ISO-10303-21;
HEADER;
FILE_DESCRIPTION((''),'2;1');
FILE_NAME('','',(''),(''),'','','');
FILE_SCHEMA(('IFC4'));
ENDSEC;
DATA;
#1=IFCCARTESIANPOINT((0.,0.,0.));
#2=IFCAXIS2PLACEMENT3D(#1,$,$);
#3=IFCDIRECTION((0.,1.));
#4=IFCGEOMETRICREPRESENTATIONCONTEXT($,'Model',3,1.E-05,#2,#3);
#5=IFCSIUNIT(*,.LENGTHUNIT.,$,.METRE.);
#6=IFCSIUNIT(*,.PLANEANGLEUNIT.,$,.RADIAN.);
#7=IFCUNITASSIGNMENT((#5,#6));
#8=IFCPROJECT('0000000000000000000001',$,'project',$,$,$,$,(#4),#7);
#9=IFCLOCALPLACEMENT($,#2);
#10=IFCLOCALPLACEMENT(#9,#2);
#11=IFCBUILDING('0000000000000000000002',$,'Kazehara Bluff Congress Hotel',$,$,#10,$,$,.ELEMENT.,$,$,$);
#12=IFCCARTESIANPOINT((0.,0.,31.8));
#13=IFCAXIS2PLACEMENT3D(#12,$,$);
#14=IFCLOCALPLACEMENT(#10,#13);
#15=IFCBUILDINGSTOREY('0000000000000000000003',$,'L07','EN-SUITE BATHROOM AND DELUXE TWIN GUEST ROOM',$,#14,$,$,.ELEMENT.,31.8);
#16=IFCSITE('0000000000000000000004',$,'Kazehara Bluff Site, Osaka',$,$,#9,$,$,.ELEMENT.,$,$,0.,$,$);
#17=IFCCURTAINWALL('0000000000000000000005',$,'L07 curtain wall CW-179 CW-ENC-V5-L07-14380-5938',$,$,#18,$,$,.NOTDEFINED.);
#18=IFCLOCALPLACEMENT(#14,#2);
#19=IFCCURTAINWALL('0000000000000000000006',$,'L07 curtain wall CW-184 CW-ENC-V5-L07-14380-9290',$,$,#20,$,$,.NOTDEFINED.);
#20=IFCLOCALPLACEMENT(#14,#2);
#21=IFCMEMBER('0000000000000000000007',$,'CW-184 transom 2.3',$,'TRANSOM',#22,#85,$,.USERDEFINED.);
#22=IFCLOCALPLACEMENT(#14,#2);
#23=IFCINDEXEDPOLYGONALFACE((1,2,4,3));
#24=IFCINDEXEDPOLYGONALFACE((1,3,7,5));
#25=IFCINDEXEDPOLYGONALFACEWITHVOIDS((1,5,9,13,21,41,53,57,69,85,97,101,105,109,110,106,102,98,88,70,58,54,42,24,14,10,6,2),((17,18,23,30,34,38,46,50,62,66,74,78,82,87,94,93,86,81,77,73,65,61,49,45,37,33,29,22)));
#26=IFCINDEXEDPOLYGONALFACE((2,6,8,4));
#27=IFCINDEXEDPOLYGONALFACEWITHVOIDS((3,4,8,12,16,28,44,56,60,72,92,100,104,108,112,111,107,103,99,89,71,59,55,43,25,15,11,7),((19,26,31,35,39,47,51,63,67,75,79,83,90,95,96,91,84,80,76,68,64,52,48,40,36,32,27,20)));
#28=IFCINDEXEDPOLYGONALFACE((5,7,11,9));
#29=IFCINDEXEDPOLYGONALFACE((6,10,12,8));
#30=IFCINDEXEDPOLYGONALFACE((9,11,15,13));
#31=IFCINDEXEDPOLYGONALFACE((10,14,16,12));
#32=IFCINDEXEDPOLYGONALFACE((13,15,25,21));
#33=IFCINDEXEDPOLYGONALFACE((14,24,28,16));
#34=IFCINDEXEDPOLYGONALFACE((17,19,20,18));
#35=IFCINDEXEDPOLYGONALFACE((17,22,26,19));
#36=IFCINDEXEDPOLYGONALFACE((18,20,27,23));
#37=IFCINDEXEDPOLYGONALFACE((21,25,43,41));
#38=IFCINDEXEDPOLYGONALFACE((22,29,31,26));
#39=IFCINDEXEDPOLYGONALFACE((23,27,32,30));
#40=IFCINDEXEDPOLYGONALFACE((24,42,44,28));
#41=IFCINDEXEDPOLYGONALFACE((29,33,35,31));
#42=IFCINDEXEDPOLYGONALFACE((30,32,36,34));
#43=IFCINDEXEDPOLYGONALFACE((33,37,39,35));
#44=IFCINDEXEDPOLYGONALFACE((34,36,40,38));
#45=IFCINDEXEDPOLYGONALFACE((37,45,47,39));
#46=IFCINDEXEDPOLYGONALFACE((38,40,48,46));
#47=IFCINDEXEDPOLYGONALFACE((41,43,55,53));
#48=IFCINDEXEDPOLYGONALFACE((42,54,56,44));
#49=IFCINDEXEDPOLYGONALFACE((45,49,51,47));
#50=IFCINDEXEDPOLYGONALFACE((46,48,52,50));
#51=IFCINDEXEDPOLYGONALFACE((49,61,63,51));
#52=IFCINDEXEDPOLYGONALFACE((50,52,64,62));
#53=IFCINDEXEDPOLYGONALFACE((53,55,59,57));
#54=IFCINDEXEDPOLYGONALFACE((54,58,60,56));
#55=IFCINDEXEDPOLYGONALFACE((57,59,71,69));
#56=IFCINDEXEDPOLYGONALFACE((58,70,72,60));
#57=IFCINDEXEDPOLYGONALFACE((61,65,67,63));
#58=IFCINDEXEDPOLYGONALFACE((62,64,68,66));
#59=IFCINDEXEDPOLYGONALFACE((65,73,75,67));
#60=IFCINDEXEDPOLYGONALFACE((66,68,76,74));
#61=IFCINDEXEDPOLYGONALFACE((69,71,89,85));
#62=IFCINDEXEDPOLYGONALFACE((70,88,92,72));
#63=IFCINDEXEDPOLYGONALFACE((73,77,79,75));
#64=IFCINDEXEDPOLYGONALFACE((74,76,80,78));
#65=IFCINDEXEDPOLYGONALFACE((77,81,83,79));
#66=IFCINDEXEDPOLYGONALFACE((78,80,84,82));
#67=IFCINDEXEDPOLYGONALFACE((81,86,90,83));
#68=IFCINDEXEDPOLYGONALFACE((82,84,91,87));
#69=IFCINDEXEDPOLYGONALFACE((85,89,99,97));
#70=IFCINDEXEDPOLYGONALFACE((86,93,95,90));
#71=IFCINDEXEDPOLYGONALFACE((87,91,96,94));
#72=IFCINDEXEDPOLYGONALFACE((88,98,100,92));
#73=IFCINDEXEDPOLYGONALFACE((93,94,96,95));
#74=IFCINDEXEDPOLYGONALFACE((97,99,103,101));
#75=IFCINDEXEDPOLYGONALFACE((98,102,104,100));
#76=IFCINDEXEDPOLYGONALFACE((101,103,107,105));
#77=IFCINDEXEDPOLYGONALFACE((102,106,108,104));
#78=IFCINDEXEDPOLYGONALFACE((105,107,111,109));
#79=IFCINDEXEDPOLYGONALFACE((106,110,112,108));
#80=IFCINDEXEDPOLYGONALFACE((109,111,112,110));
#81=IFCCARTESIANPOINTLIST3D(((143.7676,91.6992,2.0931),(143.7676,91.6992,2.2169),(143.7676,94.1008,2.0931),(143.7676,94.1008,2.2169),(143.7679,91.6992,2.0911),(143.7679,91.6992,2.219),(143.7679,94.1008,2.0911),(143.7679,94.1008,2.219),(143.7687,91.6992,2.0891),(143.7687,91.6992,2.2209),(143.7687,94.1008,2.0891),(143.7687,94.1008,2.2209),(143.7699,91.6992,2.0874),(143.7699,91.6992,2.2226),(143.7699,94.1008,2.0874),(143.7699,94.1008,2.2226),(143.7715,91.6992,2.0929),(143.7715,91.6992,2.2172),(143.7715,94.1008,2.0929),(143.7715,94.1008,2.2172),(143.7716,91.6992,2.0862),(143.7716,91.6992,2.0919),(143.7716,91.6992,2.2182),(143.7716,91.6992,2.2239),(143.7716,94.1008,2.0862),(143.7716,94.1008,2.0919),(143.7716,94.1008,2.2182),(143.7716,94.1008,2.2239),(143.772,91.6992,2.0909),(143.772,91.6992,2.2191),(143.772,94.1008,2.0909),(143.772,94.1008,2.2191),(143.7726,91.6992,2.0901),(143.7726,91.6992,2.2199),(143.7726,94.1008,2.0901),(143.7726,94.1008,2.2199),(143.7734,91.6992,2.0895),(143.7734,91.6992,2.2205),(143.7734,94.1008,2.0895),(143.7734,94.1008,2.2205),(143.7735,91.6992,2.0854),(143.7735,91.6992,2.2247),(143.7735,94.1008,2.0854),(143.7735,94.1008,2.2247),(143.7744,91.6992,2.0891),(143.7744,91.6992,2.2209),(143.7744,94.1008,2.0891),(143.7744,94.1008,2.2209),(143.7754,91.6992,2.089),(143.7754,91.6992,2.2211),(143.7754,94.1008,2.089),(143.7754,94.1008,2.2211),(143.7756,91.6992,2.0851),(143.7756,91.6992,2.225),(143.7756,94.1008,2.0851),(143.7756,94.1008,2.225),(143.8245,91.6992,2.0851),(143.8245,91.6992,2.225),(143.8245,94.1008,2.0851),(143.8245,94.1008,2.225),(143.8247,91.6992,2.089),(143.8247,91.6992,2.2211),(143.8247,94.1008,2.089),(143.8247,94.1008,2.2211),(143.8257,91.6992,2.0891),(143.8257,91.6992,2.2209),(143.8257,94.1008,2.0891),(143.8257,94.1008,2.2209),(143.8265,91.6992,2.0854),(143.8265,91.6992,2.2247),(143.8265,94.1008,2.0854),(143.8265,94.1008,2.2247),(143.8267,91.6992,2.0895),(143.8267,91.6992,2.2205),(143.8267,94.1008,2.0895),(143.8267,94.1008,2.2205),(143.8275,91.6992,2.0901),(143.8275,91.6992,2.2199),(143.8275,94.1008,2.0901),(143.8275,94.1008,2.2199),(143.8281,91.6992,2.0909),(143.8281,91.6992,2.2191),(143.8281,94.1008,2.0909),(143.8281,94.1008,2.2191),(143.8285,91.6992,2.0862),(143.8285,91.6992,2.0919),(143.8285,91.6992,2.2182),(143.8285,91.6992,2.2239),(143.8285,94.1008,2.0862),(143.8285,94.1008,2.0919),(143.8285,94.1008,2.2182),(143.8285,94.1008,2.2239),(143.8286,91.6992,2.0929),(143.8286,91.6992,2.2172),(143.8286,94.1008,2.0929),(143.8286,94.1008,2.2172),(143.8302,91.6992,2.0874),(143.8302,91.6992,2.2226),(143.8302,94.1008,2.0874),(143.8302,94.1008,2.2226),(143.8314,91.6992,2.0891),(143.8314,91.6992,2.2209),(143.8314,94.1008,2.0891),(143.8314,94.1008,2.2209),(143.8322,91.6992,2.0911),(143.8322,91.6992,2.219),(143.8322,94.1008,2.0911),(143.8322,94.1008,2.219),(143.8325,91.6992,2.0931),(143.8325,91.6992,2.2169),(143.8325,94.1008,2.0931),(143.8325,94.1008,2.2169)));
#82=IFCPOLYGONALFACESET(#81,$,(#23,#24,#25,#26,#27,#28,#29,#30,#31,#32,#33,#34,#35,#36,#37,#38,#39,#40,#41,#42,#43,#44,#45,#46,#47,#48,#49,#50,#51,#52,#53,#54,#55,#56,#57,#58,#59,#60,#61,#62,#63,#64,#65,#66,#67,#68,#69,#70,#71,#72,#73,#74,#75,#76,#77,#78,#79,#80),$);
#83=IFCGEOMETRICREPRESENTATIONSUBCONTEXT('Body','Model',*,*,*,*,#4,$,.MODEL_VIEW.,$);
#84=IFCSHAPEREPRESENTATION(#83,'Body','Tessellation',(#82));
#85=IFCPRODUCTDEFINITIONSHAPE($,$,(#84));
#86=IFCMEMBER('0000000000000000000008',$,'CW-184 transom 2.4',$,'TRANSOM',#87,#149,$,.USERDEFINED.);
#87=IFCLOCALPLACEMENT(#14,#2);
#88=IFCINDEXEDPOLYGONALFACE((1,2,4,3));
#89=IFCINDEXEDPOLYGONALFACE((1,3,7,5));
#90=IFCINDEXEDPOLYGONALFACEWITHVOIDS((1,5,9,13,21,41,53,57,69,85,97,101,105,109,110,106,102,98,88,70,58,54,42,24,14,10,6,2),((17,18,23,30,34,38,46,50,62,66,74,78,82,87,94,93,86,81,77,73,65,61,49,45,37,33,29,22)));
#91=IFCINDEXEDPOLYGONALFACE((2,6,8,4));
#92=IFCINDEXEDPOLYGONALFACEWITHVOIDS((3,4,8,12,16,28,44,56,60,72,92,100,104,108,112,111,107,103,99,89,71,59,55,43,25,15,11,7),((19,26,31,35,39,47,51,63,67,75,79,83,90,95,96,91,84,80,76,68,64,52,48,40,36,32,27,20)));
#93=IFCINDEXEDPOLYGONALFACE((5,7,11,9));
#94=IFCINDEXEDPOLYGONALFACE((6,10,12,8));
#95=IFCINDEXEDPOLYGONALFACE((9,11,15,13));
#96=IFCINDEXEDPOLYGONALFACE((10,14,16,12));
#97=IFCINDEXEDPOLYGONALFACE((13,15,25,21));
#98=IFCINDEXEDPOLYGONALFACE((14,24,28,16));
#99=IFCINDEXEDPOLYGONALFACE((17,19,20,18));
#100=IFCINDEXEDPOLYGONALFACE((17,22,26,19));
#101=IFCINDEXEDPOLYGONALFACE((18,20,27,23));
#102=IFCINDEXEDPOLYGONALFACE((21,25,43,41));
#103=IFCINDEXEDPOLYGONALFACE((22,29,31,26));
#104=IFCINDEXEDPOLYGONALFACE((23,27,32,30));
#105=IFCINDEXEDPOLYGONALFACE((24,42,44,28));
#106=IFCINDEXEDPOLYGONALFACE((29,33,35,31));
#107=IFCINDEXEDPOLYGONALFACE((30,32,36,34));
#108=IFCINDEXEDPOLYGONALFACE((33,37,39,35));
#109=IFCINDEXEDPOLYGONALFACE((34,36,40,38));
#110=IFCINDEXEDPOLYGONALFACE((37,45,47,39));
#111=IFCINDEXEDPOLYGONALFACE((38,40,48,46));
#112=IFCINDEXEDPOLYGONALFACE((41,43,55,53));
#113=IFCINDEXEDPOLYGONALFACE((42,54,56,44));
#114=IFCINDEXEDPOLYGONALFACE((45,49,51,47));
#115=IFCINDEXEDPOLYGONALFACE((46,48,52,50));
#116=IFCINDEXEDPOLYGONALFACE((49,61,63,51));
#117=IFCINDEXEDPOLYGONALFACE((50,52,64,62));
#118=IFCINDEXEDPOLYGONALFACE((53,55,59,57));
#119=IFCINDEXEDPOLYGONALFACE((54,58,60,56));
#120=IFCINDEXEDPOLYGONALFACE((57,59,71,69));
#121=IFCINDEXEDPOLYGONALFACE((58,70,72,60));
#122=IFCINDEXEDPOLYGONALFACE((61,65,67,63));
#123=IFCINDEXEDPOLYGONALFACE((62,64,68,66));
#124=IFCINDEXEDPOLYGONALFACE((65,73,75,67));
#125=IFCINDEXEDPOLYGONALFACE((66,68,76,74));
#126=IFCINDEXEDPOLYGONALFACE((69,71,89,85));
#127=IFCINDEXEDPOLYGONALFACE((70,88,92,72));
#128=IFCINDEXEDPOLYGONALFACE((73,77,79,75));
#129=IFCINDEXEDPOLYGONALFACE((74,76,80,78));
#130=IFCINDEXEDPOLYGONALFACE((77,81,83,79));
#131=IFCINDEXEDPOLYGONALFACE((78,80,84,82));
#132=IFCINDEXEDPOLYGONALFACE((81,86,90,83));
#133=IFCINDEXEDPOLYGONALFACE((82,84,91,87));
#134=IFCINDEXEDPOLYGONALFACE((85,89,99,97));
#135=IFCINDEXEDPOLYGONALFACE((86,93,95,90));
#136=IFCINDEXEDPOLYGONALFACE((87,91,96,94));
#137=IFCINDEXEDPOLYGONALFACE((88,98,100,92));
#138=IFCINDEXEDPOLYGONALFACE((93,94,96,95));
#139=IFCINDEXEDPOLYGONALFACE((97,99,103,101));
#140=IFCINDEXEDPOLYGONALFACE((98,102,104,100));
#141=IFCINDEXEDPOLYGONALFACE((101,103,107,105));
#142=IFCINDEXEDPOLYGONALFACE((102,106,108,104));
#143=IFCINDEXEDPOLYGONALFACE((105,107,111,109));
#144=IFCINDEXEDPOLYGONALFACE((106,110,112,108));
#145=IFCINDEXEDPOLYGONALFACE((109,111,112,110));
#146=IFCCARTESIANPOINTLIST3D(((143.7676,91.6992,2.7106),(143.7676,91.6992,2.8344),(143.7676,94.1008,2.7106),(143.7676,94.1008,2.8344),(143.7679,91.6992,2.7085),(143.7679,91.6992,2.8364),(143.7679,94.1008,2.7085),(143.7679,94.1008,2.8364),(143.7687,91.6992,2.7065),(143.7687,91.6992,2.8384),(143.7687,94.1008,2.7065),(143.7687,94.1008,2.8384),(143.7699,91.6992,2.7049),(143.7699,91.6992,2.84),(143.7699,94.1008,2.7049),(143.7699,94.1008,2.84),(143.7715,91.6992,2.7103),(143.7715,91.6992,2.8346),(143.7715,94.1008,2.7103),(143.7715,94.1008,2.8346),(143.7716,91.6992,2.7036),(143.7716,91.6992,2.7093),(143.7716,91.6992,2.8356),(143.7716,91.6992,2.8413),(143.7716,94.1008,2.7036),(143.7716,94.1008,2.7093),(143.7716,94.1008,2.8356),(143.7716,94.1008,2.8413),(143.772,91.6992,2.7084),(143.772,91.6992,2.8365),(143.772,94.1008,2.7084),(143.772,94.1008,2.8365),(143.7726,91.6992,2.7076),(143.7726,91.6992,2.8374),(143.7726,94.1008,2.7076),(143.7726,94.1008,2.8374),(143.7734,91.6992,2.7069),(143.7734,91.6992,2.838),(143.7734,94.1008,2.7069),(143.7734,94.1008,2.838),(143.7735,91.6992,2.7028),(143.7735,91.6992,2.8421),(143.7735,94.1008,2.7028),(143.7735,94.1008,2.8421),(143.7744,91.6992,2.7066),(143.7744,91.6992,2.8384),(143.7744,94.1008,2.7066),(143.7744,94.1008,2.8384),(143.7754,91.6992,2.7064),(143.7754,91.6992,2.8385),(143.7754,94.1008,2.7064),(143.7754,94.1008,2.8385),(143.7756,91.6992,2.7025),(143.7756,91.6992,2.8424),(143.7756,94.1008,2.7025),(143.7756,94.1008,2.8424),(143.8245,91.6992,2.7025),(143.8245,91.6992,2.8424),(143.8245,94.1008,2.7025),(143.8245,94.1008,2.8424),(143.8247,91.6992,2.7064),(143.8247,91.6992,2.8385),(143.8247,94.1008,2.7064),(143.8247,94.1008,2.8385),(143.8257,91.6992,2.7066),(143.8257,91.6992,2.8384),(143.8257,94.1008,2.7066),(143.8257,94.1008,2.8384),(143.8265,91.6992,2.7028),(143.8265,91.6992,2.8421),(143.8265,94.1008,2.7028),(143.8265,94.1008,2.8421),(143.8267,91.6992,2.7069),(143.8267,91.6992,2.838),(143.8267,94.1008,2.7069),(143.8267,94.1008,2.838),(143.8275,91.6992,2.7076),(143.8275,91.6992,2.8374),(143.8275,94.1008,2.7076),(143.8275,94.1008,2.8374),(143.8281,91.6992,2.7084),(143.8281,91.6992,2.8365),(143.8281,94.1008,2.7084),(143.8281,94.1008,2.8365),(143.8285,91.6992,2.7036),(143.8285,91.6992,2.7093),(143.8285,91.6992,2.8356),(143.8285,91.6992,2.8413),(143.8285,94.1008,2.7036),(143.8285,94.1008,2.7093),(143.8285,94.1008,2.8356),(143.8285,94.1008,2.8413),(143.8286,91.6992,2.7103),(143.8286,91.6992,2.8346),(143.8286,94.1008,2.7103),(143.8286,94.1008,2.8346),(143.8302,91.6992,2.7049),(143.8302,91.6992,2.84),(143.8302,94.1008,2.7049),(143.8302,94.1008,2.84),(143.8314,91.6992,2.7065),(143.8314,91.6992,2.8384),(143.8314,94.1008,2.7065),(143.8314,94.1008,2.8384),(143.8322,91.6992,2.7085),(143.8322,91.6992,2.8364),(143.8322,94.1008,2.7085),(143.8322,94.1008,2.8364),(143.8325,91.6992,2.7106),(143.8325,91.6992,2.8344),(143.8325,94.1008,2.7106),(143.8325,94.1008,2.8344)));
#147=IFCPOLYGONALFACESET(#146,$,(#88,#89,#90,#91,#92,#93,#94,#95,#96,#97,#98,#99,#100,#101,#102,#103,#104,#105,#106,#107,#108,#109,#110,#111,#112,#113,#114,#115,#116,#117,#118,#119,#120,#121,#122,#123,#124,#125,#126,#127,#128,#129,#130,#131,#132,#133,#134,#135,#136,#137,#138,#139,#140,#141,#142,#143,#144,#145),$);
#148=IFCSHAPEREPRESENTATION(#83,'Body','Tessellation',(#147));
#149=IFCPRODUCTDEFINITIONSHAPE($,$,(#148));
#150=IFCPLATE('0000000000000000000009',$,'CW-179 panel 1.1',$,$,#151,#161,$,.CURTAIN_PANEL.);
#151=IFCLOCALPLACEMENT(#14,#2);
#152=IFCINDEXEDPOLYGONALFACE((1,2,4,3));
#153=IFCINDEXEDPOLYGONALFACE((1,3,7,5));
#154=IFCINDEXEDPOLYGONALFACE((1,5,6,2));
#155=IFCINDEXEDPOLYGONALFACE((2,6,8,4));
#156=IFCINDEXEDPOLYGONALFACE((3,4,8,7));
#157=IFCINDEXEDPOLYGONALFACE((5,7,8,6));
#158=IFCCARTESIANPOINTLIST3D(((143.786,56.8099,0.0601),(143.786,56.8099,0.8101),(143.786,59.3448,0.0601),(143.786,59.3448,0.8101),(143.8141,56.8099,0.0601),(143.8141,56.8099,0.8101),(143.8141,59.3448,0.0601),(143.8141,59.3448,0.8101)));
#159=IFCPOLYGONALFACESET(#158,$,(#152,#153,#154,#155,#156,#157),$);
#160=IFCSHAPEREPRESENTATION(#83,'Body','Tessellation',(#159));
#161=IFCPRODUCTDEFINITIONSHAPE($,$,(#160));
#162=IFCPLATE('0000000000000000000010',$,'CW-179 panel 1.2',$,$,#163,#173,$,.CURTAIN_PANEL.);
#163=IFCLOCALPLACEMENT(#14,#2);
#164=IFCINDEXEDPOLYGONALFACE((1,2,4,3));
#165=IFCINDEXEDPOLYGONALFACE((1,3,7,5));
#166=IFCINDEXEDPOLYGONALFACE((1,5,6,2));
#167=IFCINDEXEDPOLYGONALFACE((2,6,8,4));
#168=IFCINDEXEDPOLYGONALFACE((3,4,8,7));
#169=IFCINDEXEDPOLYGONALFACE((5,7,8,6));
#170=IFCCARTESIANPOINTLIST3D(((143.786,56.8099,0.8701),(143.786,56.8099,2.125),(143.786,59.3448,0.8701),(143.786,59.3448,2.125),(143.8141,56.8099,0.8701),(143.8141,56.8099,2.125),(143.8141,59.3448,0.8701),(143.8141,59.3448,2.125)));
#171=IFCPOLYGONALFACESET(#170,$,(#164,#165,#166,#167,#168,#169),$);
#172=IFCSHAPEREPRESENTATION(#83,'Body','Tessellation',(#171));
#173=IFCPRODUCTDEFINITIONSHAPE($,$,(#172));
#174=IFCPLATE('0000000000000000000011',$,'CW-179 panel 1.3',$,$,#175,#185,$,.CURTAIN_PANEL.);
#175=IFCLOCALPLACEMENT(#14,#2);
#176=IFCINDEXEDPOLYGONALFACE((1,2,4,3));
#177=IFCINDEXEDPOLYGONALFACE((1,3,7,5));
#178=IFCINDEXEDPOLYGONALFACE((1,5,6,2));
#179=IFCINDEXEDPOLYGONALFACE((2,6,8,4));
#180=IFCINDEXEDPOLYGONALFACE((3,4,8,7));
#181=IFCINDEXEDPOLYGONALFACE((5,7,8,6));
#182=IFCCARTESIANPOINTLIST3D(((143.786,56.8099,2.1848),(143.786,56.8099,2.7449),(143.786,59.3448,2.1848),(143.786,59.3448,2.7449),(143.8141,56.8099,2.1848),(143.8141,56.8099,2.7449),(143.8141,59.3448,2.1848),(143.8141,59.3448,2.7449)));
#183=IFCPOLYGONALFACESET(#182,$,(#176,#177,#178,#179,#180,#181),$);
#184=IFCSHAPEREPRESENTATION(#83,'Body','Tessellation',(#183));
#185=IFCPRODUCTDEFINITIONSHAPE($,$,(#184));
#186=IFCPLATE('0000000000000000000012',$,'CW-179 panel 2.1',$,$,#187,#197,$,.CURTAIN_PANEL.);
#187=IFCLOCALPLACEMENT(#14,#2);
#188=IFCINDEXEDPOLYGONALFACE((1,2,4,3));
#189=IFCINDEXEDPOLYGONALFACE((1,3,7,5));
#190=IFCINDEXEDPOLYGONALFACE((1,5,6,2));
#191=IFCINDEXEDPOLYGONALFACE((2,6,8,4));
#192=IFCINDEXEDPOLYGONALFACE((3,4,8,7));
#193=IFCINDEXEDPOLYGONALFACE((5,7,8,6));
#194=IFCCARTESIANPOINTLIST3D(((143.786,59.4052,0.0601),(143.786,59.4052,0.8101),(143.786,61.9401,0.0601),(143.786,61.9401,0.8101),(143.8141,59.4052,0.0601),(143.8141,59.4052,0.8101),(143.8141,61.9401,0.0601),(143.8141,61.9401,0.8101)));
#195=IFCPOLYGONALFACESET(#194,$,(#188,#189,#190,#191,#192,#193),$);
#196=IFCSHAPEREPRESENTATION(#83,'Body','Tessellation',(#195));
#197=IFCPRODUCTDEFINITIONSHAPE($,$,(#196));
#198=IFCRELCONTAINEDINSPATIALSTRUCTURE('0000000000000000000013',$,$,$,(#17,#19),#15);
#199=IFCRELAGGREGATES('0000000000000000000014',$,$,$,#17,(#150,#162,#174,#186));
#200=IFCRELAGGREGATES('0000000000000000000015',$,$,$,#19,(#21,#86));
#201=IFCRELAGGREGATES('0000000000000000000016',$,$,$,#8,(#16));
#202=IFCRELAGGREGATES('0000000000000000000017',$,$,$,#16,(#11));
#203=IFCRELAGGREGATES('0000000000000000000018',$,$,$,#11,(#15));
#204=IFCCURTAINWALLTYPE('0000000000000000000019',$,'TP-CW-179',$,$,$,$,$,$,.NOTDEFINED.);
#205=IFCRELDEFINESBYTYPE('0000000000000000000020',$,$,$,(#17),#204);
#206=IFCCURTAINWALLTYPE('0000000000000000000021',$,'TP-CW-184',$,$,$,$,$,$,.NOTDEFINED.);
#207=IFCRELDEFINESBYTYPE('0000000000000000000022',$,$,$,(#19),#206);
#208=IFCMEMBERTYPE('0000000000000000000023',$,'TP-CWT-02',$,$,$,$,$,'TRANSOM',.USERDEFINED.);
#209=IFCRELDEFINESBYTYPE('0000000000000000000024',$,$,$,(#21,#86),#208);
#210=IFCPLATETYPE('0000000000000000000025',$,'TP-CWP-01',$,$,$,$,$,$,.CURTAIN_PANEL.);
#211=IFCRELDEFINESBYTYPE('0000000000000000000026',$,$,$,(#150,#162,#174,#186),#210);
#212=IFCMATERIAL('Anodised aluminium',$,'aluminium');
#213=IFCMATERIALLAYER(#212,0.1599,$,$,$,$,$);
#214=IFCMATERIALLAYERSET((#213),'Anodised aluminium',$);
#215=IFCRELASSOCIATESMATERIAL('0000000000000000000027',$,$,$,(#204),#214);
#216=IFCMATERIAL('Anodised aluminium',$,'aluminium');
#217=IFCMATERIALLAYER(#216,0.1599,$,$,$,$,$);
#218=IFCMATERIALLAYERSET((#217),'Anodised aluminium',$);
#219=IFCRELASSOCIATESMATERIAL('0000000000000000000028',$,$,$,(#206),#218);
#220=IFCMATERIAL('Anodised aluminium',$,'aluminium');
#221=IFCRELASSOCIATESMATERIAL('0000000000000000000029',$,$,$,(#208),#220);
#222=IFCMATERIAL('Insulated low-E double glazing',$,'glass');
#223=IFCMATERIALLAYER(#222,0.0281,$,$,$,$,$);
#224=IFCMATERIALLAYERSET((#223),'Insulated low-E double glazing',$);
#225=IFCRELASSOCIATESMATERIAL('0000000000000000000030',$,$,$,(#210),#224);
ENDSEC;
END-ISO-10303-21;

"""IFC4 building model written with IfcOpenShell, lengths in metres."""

from ifc_helpers import new_model, si_unit, direction, frame, origin, origin_2d, place, context, subcontext, project, spatial, rectangle, hollow_rectangle, extrude, material, layer, layer_set, material_profile, profile_set, type_object, element, aggregate, save


model = new_model("IFC4")

# Units and contexts
model_context = context("Model", 3, precision=1e-05, world=origin(), true_north=direction((0.0, 1.0)))
body_context = subcontext(model_context, "Body", "Model", "MODEL_VIEW")
ifc_project = project(units=[si_unit("LENGTHUNIT", "METRE"), si_unit("PLANEANGLEUNIT", "RADIAN")], contexts=[model_context])

# Site, building, storey
site_placement = place(None, origin())
site = spatial("IfcSite", under=ifc_project, at=site_placement, Name="Kazehara Bluff Site, Osaka", CompositionType="ELEMENT", RefElevation=0.0)
building_placement = place(site_placement, origin())
building = spatial("IfcBuilding", under=site, at=building_placement, Name="Kazehara Bluff Congress Hotel", CompositionType="ELEMENT")
storey_placement = place(building_placement, frame((0.0, 0.0, 31.8)))
storey = spatial("IfcBuildingStorey", under=building, at=storey_placement, Name="L07", Description="EN-SUITE BATHROOM AND DELUXE TWIN GUEST ROOM", CompositionType="ELEMENT", Elevation=31.8)

# Curtain walls
ifc_material_1 = material(Name="Anodised aluminium", Category="aluminium")
ifc_layer_1 = layer(ifc_material_1, 0.1599)
ifc_layer_set_1 = layer_set([ifc_layer_1], Name="Anodised aluminium")
curtain_wall_type_1 = type_object("IfcCurtainWallType", Name="TP-CW-179", PredefinedType="NOTDEFINED", material=ifc_layer_set_1)
curtain_wall_1_placement = place(storey_placement, origin())
curtain_wall_1 = element("IfcCurtainWall", 1, at=curtain_wall_1_placement, inside=storey, type_object=curtain_wall_type_1, Name="L07 curtain wall CW-179 CW-ENC-V5-L07-14380-5938", PredefinedType="NOTDEFINED")
ifc_material_2 = material(Name="Anodised aluminium", Category="aluminium")
ifc_layer_2 = layer(ifc_material_2, 0.1599)
ifc_layer_set_2 = layer_set([ifc_layer_2], Name="Anodised aluminium")
curtain_wall_type_2 = type_object("IfcCurtainWallType", Name="TP-CW-184", PredefinedType="NOTDEFINED", material=ifc_layer_set_2)
curtain_wall_2_placement = place(storey_placement, origin())
curtain_wall_2 = element("IfcCurtainWall", 2, at=curtain_wall_2_placement, inside=storey, type_object=curtain_wall_type_2, Name="L07 curtain wall CW-184 CW-ENC-V5-L07-14380-9290", PredefinedType="NOTDEFINED")

# Members
ifc_material_3 = material(Name="Anodised aluminium", Category="aluminium")
ifc_material_profile_1 = material_profile(ifc_material_3, hollow_rectangle(XDim=0.0649, YDim=0.1399, WallThickness=0.0039, InnerFilletRadius=0.0039, OuterFilletRadius=0.0081, at=origin_2d()))
ifc_profile_set_1 = profile_set([ifc_material_profile_1], Name="Anodised aluminium")
member_type_1 = type_object("IfcMemberType", Name="TP-CWT-02", ElementType="TRANSOM", PredefinedType="USERDEFINED", material=ifc_profile_set_1)
member_1_placement = place(storey_placement, frame((143.8, 91.6992, 2.155), z_axis=(0.0, 1.0, 0.0), x_axis=(-1.0, 0.0, 0.0)))
member_1 = element("IfcMember", 3, at=member_1_placement, type_object=member_type_1, Name="CW-184 transom 2.3", ObjectType="TRANSOM", PredefinedType="USERDEFINED", context=body_context, shape_type="SweptSolid", body=[
    extrude(hollow_rectangle(XDim=0.0649, YDim=0.1399, WallThickness=0.0039, InnerFilletRadius=0.0039, OuterFilletRadius=0.0081, at=origin_2d()), origin(), (0.0, 0.0, 1.0), 2.4016),
])
member_2_placement = place(storey_placement, frame((143.8, 91.6992, 2.7725), z_axis=(0.0, 1.0, 0.0), x_axis=(-1.0, 0.0, 0.0)))
member_2 = element("IfcMember", 4, at=member_2_placement, type_object=member_type_1, Name="CW-184 transom 2.4", ObjectType="TRANSOM", PredefinedType="USERDEFINED", context=body_context, shape_type="SweptSolid", body=[
    extrude(hollow_rectangle(XDim=0.0649, YDim=0.1399, WallThickness=0.0039, InnerFilletRadius=0.0039, OuterFilletRadius=0.0081, at=origin_2d()), origin(), (0.0, 0.0, 1.0), 2.4016),
])

# Plates
ifc_material_4 = material(Name="Insulated low-E double glazing", Category="glass")
ifc_layer_3 = layer(ifc_material_4, 0.0281)
ifc_layer_set_3 = layer_set([ifc_layer_3], Name="Insulated low-E double glazing")
plate_type_1 = type_object("IfcPlateType", Name="TP-CWP-01", PredefinedType="CURTAIN_PANEL", material=ifc_layer_set_3)
plate_1_placement = place(storey_placement, frame((143.8, 58.0774, 0.0601), z_axis=(0.0, 0.0, 1.0), x_axis=(0.0, 1.0, 0.0)))
plate_1 = element("IfcPlate", 5, at=plate_1_placement, type_object=plate_type_1, Name="CW-179 panel 1.1", PredefinedType="CURTAIN_PANEL", context=body_context, shape_type="SweptSolid", body=[
    extrude(rectangle(XDim=2.5349, YDim=0.0281, at=origin_2d()), origin(), (0.0, 0.0, 1.0), 0.75),
])
plate_2_placement = place(storey_placement, frame((143.8, 58.0774, 0.8701), z_axis=(0.0, 0.0, 1.0), x_axis=(0.0, 1.0, 0.0)))
plate_2 = element("IfcPlate", 6, at=plate_2_placement, type_object=plate_type_1, Name="CW-179 panel 1.2", PredefinedType="CURTAIN_PANEL", context=body_context, shape_type="SweptSolid", body=[
    extrude(rectangle(XDim=2.5349, YDim=0.0281, at=origin_2d()), origin(), (0.0, 0.0, 1.0), 1.2549),
])
plate_3_placement = place(storey_placement, frame((143.8, 58.0774, 2.1848), z_axis=(0.0, 0.0, 1.0), x_axis=(0.0, 1.0, 0.0)))
plate_3 = element("IfcPlate", 7, at=plate_3_placement, type_object=plate_type_1, Name="CW-179 panel 1.3", PredefinedType="CURTAIN_PANEL", context=body_context, shape_type="SweptSolid", body=[
    extrude(rectangle(XDim=2.5349, YDim=0.0281, at=origin_2d()), origin(), (0.0, 0.0, 1.0), 0.5601),
])
plate_4_placement = place(storey_placement, frame((143.8, 60.6726, 0.0601), z_axis=(0.0, 0.0, 1.0), x_axis=(0.0, 1.0, 0.0)))
plate_4 = element("IfcPlate", 8, at=plate_4_placement, type_object=plate_type_1, Name="CW-179 panel 2.1", PredefinedType="CURTAIN_PANEL", context=body_context, shape_type="SweptSolid", body=[
    extrude(rectangle(XDim=2.5349, YDim=0.0281, at=origin_2d()), origin(), (0.0, 0.0, 1.0), 0.75),
])
aggregate(curtain_wall_1, [plate_1, plate_2, plate_3, plate_4])
aggregate(curtain_wall_2, [member_1, member_2])

save(model, "model.ifc")
